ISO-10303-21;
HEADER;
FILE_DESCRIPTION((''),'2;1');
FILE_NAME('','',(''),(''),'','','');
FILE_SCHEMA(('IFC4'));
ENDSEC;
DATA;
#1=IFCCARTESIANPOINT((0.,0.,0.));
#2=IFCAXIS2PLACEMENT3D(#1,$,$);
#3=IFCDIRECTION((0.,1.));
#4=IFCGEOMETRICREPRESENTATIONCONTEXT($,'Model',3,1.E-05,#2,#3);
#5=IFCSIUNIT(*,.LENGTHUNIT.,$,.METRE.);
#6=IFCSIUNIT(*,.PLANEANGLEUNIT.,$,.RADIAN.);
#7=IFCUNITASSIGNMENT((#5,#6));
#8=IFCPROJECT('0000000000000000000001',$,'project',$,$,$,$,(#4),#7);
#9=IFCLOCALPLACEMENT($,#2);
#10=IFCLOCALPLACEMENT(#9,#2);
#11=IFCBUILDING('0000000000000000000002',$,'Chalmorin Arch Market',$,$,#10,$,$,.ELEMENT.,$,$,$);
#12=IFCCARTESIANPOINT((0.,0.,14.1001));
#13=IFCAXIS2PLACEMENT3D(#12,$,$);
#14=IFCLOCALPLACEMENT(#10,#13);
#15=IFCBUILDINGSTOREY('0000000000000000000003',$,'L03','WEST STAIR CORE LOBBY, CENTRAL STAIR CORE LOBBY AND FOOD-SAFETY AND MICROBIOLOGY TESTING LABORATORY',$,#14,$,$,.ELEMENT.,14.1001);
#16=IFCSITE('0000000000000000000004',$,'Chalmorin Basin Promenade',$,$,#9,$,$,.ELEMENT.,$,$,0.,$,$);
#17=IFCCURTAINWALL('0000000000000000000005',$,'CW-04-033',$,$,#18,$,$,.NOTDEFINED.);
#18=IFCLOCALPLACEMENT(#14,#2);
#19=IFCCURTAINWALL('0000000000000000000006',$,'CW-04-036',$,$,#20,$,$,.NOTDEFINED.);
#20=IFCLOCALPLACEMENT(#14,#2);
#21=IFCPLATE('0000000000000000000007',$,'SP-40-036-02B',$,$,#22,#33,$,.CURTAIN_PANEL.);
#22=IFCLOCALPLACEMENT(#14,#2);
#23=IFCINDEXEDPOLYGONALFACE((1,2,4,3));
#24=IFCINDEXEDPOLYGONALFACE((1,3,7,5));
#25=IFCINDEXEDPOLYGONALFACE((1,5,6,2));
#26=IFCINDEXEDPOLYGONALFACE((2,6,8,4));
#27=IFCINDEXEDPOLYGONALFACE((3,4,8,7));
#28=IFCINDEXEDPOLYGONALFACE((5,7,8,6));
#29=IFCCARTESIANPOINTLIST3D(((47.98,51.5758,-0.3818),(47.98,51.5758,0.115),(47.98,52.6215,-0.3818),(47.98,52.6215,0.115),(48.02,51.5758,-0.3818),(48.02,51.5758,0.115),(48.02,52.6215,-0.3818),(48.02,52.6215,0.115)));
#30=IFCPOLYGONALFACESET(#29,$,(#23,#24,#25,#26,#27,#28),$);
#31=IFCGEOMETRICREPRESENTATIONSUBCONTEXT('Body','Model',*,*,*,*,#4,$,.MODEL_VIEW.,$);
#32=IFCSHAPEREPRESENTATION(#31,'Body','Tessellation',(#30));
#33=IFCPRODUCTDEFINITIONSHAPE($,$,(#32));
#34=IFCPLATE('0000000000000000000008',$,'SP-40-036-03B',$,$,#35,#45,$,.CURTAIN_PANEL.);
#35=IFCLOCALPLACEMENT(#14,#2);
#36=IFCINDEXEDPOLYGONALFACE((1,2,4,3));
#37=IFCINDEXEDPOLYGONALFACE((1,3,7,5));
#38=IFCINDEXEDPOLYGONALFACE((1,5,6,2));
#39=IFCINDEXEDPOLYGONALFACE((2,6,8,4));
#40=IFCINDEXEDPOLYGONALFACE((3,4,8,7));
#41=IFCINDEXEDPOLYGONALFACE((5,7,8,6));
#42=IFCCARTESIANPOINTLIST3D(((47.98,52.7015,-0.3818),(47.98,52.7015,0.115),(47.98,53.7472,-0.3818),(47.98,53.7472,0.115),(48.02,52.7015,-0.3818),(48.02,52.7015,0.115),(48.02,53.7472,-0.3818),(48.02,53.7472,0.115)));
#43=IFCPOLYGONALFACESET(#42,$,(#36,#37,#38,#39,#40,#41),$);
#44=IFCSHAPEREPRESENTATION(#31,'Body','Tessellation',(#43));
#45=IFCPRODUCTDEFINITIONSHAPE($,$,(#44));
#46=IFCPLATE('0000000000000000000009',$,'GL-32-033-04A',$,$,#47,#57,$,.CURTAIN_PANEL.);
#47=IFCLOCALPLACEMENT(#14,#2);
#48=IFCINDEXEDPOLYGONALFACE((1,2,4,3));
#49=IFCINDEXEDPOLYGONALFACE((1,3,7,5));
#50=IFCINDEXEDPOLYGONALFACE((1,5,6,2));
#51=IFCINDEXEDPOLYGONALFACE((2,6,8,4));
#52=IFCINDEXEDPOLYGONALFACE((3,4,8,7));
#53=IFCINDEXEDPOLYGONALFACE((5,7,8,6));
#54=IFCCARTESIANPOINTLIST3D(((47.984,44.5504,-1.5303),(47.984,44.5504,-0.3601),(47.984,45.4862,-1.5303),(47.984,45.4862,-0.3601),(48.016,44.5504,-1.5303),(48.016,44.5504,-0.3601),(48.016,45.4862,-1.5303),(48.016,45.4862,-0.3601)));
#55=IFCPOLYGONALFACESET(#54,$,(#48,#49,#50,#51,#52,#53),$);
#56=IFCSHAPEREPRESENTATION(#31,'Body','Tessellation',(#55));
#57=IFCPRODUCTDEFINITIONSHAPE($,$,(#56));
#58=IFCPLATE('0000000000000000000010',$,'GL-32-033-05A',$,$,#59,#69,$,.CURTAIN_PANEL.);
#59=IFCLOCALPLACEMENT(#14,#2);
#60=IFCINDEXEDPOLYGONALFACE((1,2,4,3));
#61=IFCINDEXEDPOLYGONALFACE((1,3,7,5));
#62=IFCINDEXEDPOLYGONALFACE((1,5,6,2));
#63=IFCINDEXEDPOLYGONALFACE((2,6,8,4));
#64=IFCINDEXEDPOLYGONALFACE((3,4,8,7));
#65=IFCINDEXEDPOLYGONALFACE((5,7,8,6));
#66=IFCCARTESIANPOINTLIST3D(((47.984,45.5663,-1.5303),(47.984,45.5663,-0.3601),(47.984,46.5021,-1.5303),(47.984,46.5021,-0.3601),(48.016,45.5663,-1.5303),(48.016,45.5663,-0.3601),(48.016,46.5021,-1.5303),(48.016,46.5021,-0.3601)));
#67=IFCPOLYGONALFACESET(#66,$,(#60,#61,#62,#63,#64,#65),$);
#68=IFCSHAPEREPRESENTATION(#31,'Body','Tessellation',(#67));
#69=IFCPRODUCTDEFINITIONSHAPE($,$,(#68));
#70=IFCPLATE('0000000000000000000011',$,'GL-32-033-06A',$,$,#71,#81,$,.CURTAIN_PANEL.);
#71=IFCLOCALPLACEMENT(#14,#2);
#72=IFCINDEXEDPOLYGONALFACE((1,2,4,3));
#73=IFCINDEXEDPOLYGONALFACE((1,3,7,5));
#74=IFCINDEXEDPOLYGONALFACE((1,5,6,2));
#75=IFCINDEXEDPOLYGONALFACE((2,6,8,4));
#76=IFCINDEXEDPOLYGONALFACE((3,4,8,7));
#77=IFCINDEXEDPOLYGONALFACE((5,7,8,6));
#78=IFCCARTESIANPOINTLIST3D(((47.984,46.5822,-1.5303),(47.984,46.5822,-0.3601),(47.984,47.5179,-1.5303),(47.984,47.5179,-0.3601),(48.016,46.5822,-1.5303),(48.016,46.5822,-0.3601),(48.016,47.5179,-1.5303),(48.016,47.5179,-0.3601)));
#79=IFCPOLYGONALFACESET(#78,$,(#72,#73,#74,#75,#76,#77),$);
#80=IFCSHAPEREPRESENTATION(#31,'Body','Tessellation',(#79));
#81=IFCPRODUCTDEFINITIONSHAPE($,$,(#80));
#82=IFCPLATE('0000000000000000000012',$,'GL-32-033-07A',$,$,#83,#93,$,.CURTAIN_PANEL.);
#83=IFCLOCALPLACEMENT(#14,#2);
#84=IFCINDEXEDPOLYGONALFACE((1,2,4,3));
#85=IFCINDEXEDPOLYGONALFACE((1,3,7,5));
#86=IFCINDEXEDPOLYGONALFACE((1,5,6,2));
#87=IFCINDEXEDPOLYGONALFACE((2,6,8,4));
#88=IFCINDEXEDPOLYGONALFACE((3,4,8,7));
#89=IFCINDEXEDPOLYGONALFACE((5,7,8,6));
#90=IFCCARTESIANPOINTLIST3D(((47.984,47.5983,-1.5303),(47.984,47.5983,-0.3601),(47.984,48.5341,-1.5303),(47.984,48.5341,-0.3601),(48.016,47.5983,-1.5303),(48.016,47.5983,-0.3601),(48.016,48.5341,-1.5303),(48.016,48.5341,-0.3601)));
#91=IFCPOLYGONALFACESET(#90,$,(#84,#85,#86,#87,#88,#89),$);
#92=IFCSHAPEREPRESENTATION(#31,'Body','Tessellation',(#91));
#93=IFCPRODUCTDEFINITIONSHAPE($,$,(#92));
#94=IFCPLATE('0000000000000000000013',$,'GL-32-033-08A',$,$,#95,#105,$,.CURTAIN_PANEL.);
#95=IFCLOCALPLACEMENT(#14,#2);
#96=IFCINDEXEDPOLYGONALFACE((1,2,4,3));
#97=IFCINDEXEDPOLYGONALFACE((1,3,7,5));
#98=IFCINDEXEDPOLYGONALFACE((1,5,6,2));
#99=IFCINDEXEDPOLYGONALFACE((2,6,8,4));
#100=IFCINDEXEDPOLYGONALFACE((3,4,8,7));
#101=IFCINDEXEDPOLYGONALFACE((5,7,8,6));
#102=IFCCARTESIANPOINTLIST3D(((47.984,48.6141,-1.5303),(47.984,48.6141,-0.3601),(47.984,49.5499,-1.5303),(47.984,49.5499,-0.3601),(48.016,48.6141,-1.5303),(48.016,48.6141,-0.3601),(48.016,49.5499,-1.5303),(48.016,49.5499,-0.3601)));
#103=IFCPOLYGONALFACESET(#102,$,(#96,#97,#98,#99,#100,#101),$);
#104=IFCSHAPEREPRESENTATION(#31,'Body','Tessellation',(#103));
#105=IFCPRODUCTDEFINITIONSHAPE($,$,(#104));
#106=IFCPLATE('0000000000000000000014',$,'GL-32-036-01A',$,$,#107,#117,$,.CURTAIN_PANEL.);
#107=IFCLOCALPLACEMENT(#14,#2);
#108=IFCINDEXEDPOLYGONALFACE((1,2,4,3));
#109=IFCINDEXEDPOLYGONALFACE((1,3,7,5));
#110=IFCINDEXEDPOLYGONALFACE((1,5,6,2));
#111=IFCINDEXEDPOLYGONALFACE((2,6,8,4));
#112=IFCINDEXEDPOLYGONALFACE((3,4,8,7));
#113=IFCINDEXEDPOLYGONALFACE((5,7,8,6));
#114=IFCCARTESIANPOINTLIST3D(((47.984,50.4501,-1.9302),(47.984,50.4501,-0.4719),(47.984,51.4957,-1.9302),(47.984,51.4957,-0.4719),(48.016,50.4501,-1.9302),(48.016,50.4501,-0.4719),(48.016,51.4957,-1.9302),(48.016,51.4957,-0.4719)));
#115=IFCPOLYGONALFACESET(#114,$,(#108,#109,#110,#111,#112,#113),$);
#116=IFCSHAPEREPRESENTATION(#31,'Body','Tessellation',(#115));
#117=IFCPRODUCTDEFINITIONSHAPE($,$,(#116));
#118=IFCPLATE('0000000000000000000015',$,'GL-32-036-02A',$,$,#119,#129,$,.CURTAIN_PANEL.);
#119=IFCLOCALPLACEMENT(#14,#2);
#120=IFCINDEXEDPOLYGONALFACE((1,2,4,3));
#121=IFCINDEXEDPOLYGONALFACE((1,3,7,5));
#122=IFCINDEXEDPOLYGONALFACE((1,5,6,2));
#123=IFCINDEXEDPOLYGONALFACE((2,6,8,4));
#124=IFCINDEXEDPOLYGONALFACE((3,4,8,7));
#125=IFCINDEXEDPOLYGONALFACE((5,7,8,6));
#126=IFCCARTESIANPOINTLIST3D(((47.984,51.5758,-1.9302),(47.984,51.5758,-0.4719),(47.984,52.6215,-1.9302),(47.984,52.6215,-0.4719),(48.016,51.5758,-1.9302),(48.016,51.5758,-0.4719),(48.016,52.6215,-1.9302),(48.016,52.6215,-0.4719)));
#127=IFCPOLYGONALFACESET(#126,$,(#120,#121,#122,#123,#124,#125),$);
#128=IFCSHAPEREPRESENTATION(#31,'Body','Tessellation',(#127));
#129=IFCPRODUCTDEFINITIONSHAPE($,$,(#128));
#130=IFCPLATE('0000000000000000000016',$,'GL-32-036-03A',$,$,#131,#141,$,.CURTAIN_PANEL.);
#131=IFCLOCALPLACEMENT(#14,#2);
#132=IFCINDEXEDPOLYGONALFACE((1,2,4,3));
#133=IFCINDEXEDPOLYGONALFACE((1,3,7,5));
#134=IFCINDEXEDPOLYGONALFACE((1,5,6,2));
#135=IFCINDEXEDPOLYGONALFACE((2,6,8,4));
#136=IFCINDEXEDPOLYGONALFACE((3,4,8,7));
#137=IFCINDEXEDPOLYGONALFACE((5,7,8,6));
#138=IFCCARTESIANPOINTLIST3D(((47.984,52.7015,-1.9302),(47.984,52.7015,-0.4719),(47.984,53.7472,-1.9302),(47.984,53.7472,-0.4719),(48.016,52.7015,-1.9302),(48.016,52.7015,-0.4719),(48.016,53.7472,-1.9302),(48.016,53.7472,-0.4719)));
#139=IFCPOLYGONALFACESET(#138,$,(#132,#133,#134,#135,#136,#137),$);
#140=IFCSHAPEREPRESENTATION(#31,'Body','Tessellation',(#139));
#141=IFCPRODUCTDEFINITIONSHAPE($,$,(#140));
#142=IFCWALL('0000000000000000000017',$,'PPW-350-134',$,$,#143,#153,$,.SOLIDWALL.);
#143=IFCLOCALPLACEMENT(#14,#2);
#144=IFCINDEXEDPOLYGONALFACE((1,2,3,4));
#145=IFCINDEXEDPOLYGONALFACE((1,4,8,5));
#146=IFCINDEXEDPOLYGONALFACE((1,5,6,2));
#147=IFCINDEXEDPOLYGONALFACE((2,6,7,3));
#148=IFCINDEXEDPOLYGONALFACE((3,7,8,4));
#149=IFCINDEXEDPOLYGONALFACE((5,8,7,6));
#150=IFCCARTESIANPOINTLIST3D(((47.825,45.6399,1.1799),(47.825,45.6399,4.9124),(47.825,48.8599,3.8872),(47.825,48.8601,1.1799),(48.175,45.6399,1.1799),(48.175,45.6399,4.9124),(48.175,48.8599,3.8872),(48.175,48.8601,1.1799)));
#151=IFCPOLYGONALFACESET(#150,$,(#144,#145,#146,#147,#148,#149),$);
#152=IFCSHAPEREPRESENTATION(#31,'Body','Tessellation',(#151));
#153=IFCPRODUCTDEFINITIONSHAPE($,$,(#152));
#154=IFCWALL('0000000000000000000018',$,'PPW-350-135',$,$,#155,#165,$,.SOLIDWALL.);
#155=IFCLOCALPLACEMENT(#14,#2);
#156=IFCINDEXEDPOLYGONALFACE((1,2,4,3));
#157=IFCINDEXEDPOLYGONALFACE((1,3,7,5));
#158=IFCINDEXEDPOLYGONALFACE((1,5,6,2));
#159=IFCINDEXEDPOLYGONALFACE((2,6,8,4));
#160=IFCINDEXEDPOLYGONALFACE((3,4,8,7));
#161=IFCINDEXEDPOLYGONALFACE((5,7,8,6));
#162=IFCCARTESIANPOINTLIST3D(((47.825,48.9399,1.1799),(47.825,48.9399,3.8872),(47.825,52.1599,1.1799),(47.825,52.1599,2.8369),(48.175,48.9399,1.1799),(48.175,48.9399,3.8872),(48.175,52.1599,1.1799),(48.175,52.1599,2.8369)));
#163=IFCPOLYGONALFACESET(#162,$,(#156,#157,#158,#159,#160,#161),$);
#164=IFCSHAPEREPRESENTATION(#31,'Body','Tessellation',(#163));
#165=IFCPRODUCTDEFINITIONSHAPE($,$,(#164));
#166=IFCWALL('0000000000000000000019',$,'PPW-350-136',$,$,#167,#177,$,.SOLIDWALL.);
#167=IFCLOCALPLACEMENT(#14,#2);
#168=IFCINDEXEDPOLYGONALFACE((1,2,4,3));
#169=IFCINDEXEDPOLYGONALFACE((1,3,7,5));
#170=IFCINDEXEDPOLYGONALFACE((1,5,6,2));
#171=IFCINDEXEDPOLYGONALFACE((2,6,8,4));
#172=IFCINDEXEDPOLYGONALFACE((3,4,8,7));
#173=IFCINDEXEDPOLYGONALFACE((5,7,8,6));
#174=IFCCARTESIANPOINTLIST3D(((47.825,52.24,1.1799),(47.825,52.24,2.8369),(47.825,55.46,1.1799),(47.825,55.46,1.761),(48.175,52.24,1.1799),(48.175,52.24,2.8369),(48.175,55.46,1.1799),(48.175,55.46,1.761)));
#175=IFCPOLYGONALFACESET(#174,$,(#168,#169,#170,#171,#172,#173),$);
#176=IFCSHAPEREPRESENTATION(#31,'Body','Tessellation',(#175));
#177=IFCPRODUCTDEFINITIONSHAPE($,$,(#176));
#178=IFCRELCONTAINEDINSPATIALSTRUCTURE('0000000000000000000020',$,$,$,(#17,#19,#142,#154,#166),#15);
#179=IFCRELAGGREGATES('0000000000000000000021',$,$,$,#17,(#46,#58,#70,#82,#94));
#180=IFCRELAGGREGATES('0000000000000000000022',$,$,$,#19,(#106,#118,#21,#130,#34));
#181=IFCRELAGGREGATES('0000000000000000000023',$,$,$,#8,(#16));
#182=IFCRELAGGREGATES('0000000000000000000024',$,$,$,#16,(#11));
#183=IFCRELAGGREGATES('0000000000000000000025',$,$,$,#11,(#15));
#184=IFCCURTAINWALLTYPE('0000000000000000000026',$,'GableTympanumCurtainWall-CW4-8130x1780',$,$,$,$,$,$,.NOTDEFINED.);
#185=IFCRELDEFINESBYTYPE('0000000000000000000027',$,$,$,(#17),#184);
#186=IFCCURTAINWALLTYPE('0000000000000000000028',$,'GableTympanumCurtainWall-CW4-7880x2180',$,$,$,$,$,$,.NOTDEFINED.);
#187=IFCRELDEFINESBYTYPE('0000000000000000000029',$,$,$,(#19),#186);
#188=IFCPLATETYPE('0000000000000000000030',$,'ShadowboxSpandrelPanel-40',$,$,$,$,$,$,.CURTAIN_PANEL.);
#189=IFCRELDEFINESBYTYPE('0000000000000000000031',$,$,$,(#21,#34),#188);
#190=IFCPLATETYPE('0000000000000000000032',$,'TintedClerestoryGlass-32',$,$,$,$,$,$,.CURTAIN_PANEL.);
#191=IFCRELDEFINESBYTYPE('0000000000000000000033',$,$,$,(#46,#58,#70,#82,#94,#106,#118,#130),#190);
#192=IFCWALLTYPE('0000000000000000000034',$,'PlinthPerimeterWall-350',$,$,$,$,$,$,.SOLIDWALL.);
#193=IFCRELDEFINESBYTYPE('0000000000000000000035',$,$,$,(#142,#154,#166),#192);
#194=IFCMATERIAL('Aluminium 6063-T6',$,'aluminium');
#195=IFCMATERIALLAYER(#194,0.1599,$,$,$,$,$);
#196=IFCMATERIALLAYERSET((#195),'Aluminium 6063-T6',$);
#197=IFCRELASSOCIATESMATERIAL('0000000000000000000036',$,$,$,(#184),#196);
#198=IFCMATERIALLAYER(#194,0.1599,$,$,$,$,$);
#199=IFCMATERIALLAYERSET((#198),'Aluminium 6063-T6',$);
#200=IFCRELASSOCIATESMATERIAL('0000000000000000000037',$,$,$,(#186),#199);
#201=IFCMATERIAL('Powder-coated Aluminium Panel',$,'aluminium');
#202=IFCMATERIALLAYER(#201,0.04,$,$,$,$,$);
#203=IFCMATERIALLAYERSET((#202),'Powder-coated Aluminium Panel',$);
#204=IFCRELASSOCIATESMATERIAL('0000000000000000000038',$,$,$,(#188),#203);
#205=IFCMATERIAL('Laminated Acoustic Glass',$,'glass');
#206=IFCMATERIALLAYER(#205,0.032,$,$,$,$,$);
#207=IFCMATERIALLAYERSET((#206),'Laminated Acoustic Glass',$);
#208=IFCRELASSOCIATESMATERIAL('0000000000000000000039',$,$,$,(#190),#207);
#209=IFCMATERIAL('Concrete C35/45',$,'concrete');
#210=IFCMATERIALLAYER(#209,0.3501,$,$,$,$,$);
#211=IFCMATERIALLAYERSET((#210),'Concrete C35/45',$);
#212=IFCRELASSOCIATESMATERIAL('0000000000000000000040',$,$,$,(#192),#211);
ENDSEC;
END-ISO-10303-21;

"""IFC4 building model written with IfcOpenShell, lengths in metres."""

from ifc_helpers import new_model, si_unit, direction, frame, origin, origin_2d, place, context, subcontext, project, spatial, polyline, rectangle, outline, extrude, material, layer, layer_set, type_object, element, aggregate, save


model = new_model("IFC4")

# Units and contexts
model_context = context("Model", 3, precision=1e-05, world=origin(), true_north=direction((0.0, 1.0)))
body_context = subcontext(model_context, "Body", "Model", "MODEL_VIEW")
ifc_project = project(units=[si_unit("LENGTHUNIT", "METRE"), si_unit("PLANEANGLEUNIT", "RADIAN")], contexts=[model_context])

# Site, building, storey
site_placement = place(None, origin())
site = spatial("IfcSite", under=ifc_project, at=site_placement, Name="Chalmorin Basin Promenade", CompositionType="ELEMENT", RefElevation=0.0)
building_placement = place(site_placement, origin())
building = spatial("IfcBuilding", under=site, at=building_placement, Name="Chalmorin Arch Market", CompositionType="ELEMENT")
storey_placement = place(building_placement, frame((0.0, 0.0, 14.1001)))
storey = spatial("IfcBuildingStorey", under=building, at=storey_placement, Name="L03", Description="WEST STAIR CORE LOBBY, CENTRAL STAIR CORE LOBBY AND FOOD-SAFETY AND MICROBIOLOGY TESTING LABORATORY", CompositionType="ELEMENT", Elevation=14.1001)

# Curtain walls
ifc_material_1 = material(Name="Aluminium 6063-T6", Category="aluminium")
ifc_layer_1 = layer(ifc_material_1, 0.1599)
ifc_layer_set_1 = layer_set([ifc_layer_1], Name="Aluminium 6063-T6")
curtain_wall_type_1 = type_object("IfcCurtainWallType", Name="GableTympanumCurtainWall-CW4-8130x1780", PredefinedType="NOTDEFINED", material=ifc_layer_set_1)
curtain_wall_1_placement = place(storey_placement, origin())
curtain_wall_1 = element("IfcCurtainWall", 1, at=curtain_wall_1_placement, inside=storey, type_object=curtain_wall_type_1, Name="CW-04-033", PredefinedType="NOTDEFINED")
ifc_layer_2 = layer(ifc_material_1, 0.1599)
ifc_layer_set_2 = layer_set([ifc_layer_2], Name="Aluminium 6063-T6")
curtain_wall_type_2 = type_object("IfcCurtainWallType", Name="GableTympanumCurtainWall-CW4-7880x2180", PredefinedType="NOTDEFINED", material=ifc_layer_set_2)
curtain_wall_2_placement = place(storey_placement, origin())
curtain_wall_2 = element("IfcCurtainWall", 2, at=curtain_wall_2_placement, inside=storey, type_object=curtain_wall_type_2, Name="CW-04-036", PredefinedType="NOTDEFINED")

# Plates
ifc_material_2 = material(Name="Powder-coated Aluminium Panel", Category="aluminium")
ifc_layer_3 = layer(ifc_material_2, 0.04)
ifc_layer_set_3 = layer_set([ifc_layer_3], Name="Powder-coated Aluminium Panel")
plate_type_1 = type_object("IfcPlateType", Name="ShadowboxSpandrelPanel-40", PredefinedType="CURTAIN_PANEL", material=ifc_layer_set_3)
plate_1_placement = place(storey_placement, frame((48.0, 52.0986, -0.3818), z_axis=(0.0, 0.0, 1.0), x_axis=(0.0, 1.0, 0.0)))
plate_1 = element("IfcPlate", 3, at=plate_1_placement, type_object=plate_type_1, Name="SP-40-036-02B", PredefinedType="CURTAIN_PANEL", context=body_context, shape_type="SweptSolid", body=[
    extrude(rectangle(XDim=1.0457, YDim=0.04, at=origin_2d()), origin(), (0.0, 0.0, 1.0), 0.4968),
])
plate_2_placement = place(storey_placement, frame((48.0, 53.2244, -0.3818), z_axis=(0.0, 0.0, 1.0), x_axis=(0.0, 1.0, 0.0)))
plate_2 = element("IfcPlate", 4, at=plate_2_placement, type_object=plate_type_1, Name="SP-40-036-03B", PredefinedType="CURTAIN_PANEL", context=body_context, shape_type="SweptSolid", body=[
    extrude(rectangle(XDim=1.0457, YDim=0.04, at=origin_2d()), origin(), (0.0, 0.0, 1.0), 0.4968),
])
ifc_material_3 = material(Name="Laminated Acoustic Glass", Category="glass")
ifc_layer_4 = layer(ifc_material_3, 0.032)
ifc_layer_set_4 = layer_set([ifc_layer_4], Name="Laminated Acoustic Glass")
plate_type_2 = type_object("IfcPlateType", Name="TintedClerestoryGlass-32", PredefinedType="CURTAIN_PANEL", material=ifc_layer_set_4)
plate_3_placement = place(storey_placement, frame((48.0, 45.0183, -1.5303), z_axis=(0.0, 0.0, 1.0), x_axis=(0.0, 1.0, 0.0)))
plate_3 = element("IfcPlate", 5, at=plate_3_placement, type_object=plate_type_2, Name="GL-32-033-04A", PredefinedType="CURTAIN_PANEL", context=body_context, shape_type="SweptSolid", body=[
    extrude(rectangle(XDim=0.9358, YDim=0.032, at=origin_2d()), origin(), (0.0, 0.0, 1.0), 1.1702),
])
plate_4_placement = place(storey_placement, frame((48.0, 46.0342, -1.5303), z_axis=(0.0, 0.0, 1.0), x_axis=(0.0, 1.0, 0.0)))
plate_4 = element("IfcPlate", 6, at=plate_4_placement, type_object=plate_type_2, Name="GL-32-033-05A", PredefinedType="CURTAIN_PANEL", context=body_context, shape_type="SweptSolid", body=[
    extrude(rectangle(XDim=0.9358, YDim=0.032, at=origin_2d()), origin(), (0.0, 0.0, 1.0), 1.1702),
])
plate_5_placement = place(storey_placement, frame((48.0, 47.05, -1.5303), z_axis=(0.0, 0.0, 1.0), x_axis=(0.0, 1.0, 0.0)))
plate_5 = element("IfcPlate", 7, at=plate_5_placement, type_object=plate_type_2, Name="GL-32-033-06A", PredefinedType="CURTAIN_PANEL", context=body_context, shape_type="SweptSolid", body=[
    extrude(rectangle(XDim=0.9358, YDim=0.032, at=origin_2d()), origin(), (0.0, 0.0, 1.0), 1.1702),
])
plate_6_placement = place(storey_placement, frame((48.0, 48.0662, -1.5303), z_axis=(0.0, 0.0, 1.0), x_axis=(0.0, 1.0, 0.0)))
plate_6 = element("IfcPlate", 8, at=plate_6_placement, type_object=plate_type_2, Name="GL-32-033-07A", PredefinedType="CURTAIN_PANEL", context=body_context, shape_type="SweptSolid", body=[
    extrude(rectangle(XDim=0.9358, YDim=0.032, at=origin_2d()), origin(), (0.0, 0.0, 1.0), 1.1702),
])
plate_7_placement = place(storey_placement, frame((48.0, 49.082, -1.5303), z_axis=(0.0, 0.0, 1.0), x_axis=(0.0, 1.0, 0.0)))
plate_7 = element("IfcPlate", 9, at=plate_7_placement, type_object=plate_type_2, Name="GL-32-033-08A", PredefinedType="CURTAIN_PANEL", context=body_context, shape_type="SweptSolid", body=[
    extrude(rectangle(XDim=0.9358, YDim=0.032, at=origin_2d()), origin(), (0.0, 0.0, 1.0), 1.1702),
])
aggregate(curtain_wall_1, [plate_3, plate_4, plate_5, plate_6, plate_7])
plate_8_placement = place(storey_placement, frame((48.0, 50.9729, -1.9302), z_axis=(0.0, 0.0, 1.0), x_axis=(0.0, 1.0, 0.0)))
plate_8 = element("IfcPlate", 10, at=plate_8_placement, type_object=plate_type_2, Name="GL-32-036-01A", PredefinedType="CURTAIN_PANEL", context=body_context, shape_type="SweptSolid", body=[
    extrude(rectangle(XDim=1.0457, YDim=0.032, at=origin_2d()), origin(), (0.0, 0.0, 1.0), 1.4583),
])
plate_9_placement = place(storey_placement, frame((48.0, 52.0986, -1.9302), z_axis=(0.0, 0.0, 1.0), x_axis=(0.0, 1.0, 0.0)))
plate_9 = element("IfcPlate", 11, at=plate_9_placement, type_object=plate_type_2, Name="GL-32-036-02A", PredefinedType="CURTAIN_PANEL", context=body_context, shape_type="SweptSolid", body=[
    extrude(rectangle(XDim=1.0457, YDim=0.032, at=origin_2d()), origin(), (0.0, 0.0, 1.0), 1.4583),
])
plate_10_placement = place(storey_placement, frame((48.0, 53.2244, -1.9302), z_axis=(0.0, 0.0, 1.0), x_axis=(0.0, 1.0, 0.0)))
plate_10 = element("IfcPlate", 12, at=plate_10_placement, type_object=plate_type_2, Name="GL-32-036-03A", PredefinedType="CURTAIN_PANEL", context=body_context, shape_type="SweptSolid", body=[
    extrude(rectangle(XDim=1.0457, YDim=0.032, at=origin_2d()), origin(), (0.0, 0.0, 1.0), 1.4583),
])
aggregate(curtain_wall_2, [plate_8, plate_9, plate_1, plate_10, plate_2])

# Walls
ifc_material_4 = material(Name="Concrete C35/45", Category="concrete")
ifc_layer_5 = layer(ifc_material_4, 0.3501)
ifc_layer_set_5 = layer_set([ifc_layer_5], Name="Concrete C35/45")
wall_type = type_object("IfcWallType", Name="PlinthPerimeterWall-350", PredefinedType="SOLIDWALL", material=ifc_layer_set_5)
wall_1_placement = place(storey_placement, frame((48.0, 45.6399, 1.1799), z_axis=(0.0, 0.0, 1.0), x_axis=(0.0, 1.0, 0.0)))
element("IfcWall", 13, at=wall_1_placement, inside=storey, type_object=wall_type, Name="PPW-350-134", PredefinedType="SOLIDWALL", context=body_context, shape_type="SweptSolid", body=[
    extrude(outline(polyline([(0.0, 0.0), (3.2202, 0.0), (3.22, 2.7073), (0.0, 3.7324), (0.0, 0.0)])), frame((0.0, 0.175, 0.0), z_axis=(0.0, -1.0, 0.0), x_axis=(1.0, 0.0, 0.0)), (0.0, 0.0, 1.0), 0.3501),
])
wall_2_placement = place(storey_placement, frame((48.0, 48.9399, 1.1799), z_axis=(0.0, 0.0, 1.0), x_axis=(0.0, 1.0, 0.0)))
element("IfcWall", 14, at=wall_2_placement, inside=storey, type_object=wall_type, Name="PPW-350-135", PredefinedType="SOLIDWALL", context=body_context, shape_type="SweptSolid", body=[
    extrude(outline(polyline([(0.0, 0.0), (3.22, 0.0), (3.22, 1.657), (0.0, 2.7073), (0.0, 0.0)])), frame((0.0, 0.175, 0.0), z_axis=(0.0, -1.0, 0.0), x_axis=(1.0, 0.0, 0.0)), (0.0, 0.0, 1.0), 0.3501),
])
wall_3_placement = place(storey_placement, frame((48.0, 52.24, 1.1799), z_axis=(0.0, 0.0, 1.0), x_axis=(0.0, 1.0, 0.0)))
element("IfcWall", 15, at=wall_3_placement, inside=storey, type_object=wall_type, Name="PPW-350-136", PredefinedType="SOLIDWALL", context=body_context, shape_type="SweptSolid", body=[
    extrude(outline(polyline([(0.0, 0.0), (3.22, 0.0), (3.22, 0.5811), (0.0, 1.657), (0.0, 0.0)])), frame((0.0, 0.175, 0.0), z_axis=(0.0, -1.0, 0.0), x_axis=(1.0, 0.0, 0.0)), (0.0, 0.0, 1.0), 0.3501),
])

save(model, "model.ifc")
